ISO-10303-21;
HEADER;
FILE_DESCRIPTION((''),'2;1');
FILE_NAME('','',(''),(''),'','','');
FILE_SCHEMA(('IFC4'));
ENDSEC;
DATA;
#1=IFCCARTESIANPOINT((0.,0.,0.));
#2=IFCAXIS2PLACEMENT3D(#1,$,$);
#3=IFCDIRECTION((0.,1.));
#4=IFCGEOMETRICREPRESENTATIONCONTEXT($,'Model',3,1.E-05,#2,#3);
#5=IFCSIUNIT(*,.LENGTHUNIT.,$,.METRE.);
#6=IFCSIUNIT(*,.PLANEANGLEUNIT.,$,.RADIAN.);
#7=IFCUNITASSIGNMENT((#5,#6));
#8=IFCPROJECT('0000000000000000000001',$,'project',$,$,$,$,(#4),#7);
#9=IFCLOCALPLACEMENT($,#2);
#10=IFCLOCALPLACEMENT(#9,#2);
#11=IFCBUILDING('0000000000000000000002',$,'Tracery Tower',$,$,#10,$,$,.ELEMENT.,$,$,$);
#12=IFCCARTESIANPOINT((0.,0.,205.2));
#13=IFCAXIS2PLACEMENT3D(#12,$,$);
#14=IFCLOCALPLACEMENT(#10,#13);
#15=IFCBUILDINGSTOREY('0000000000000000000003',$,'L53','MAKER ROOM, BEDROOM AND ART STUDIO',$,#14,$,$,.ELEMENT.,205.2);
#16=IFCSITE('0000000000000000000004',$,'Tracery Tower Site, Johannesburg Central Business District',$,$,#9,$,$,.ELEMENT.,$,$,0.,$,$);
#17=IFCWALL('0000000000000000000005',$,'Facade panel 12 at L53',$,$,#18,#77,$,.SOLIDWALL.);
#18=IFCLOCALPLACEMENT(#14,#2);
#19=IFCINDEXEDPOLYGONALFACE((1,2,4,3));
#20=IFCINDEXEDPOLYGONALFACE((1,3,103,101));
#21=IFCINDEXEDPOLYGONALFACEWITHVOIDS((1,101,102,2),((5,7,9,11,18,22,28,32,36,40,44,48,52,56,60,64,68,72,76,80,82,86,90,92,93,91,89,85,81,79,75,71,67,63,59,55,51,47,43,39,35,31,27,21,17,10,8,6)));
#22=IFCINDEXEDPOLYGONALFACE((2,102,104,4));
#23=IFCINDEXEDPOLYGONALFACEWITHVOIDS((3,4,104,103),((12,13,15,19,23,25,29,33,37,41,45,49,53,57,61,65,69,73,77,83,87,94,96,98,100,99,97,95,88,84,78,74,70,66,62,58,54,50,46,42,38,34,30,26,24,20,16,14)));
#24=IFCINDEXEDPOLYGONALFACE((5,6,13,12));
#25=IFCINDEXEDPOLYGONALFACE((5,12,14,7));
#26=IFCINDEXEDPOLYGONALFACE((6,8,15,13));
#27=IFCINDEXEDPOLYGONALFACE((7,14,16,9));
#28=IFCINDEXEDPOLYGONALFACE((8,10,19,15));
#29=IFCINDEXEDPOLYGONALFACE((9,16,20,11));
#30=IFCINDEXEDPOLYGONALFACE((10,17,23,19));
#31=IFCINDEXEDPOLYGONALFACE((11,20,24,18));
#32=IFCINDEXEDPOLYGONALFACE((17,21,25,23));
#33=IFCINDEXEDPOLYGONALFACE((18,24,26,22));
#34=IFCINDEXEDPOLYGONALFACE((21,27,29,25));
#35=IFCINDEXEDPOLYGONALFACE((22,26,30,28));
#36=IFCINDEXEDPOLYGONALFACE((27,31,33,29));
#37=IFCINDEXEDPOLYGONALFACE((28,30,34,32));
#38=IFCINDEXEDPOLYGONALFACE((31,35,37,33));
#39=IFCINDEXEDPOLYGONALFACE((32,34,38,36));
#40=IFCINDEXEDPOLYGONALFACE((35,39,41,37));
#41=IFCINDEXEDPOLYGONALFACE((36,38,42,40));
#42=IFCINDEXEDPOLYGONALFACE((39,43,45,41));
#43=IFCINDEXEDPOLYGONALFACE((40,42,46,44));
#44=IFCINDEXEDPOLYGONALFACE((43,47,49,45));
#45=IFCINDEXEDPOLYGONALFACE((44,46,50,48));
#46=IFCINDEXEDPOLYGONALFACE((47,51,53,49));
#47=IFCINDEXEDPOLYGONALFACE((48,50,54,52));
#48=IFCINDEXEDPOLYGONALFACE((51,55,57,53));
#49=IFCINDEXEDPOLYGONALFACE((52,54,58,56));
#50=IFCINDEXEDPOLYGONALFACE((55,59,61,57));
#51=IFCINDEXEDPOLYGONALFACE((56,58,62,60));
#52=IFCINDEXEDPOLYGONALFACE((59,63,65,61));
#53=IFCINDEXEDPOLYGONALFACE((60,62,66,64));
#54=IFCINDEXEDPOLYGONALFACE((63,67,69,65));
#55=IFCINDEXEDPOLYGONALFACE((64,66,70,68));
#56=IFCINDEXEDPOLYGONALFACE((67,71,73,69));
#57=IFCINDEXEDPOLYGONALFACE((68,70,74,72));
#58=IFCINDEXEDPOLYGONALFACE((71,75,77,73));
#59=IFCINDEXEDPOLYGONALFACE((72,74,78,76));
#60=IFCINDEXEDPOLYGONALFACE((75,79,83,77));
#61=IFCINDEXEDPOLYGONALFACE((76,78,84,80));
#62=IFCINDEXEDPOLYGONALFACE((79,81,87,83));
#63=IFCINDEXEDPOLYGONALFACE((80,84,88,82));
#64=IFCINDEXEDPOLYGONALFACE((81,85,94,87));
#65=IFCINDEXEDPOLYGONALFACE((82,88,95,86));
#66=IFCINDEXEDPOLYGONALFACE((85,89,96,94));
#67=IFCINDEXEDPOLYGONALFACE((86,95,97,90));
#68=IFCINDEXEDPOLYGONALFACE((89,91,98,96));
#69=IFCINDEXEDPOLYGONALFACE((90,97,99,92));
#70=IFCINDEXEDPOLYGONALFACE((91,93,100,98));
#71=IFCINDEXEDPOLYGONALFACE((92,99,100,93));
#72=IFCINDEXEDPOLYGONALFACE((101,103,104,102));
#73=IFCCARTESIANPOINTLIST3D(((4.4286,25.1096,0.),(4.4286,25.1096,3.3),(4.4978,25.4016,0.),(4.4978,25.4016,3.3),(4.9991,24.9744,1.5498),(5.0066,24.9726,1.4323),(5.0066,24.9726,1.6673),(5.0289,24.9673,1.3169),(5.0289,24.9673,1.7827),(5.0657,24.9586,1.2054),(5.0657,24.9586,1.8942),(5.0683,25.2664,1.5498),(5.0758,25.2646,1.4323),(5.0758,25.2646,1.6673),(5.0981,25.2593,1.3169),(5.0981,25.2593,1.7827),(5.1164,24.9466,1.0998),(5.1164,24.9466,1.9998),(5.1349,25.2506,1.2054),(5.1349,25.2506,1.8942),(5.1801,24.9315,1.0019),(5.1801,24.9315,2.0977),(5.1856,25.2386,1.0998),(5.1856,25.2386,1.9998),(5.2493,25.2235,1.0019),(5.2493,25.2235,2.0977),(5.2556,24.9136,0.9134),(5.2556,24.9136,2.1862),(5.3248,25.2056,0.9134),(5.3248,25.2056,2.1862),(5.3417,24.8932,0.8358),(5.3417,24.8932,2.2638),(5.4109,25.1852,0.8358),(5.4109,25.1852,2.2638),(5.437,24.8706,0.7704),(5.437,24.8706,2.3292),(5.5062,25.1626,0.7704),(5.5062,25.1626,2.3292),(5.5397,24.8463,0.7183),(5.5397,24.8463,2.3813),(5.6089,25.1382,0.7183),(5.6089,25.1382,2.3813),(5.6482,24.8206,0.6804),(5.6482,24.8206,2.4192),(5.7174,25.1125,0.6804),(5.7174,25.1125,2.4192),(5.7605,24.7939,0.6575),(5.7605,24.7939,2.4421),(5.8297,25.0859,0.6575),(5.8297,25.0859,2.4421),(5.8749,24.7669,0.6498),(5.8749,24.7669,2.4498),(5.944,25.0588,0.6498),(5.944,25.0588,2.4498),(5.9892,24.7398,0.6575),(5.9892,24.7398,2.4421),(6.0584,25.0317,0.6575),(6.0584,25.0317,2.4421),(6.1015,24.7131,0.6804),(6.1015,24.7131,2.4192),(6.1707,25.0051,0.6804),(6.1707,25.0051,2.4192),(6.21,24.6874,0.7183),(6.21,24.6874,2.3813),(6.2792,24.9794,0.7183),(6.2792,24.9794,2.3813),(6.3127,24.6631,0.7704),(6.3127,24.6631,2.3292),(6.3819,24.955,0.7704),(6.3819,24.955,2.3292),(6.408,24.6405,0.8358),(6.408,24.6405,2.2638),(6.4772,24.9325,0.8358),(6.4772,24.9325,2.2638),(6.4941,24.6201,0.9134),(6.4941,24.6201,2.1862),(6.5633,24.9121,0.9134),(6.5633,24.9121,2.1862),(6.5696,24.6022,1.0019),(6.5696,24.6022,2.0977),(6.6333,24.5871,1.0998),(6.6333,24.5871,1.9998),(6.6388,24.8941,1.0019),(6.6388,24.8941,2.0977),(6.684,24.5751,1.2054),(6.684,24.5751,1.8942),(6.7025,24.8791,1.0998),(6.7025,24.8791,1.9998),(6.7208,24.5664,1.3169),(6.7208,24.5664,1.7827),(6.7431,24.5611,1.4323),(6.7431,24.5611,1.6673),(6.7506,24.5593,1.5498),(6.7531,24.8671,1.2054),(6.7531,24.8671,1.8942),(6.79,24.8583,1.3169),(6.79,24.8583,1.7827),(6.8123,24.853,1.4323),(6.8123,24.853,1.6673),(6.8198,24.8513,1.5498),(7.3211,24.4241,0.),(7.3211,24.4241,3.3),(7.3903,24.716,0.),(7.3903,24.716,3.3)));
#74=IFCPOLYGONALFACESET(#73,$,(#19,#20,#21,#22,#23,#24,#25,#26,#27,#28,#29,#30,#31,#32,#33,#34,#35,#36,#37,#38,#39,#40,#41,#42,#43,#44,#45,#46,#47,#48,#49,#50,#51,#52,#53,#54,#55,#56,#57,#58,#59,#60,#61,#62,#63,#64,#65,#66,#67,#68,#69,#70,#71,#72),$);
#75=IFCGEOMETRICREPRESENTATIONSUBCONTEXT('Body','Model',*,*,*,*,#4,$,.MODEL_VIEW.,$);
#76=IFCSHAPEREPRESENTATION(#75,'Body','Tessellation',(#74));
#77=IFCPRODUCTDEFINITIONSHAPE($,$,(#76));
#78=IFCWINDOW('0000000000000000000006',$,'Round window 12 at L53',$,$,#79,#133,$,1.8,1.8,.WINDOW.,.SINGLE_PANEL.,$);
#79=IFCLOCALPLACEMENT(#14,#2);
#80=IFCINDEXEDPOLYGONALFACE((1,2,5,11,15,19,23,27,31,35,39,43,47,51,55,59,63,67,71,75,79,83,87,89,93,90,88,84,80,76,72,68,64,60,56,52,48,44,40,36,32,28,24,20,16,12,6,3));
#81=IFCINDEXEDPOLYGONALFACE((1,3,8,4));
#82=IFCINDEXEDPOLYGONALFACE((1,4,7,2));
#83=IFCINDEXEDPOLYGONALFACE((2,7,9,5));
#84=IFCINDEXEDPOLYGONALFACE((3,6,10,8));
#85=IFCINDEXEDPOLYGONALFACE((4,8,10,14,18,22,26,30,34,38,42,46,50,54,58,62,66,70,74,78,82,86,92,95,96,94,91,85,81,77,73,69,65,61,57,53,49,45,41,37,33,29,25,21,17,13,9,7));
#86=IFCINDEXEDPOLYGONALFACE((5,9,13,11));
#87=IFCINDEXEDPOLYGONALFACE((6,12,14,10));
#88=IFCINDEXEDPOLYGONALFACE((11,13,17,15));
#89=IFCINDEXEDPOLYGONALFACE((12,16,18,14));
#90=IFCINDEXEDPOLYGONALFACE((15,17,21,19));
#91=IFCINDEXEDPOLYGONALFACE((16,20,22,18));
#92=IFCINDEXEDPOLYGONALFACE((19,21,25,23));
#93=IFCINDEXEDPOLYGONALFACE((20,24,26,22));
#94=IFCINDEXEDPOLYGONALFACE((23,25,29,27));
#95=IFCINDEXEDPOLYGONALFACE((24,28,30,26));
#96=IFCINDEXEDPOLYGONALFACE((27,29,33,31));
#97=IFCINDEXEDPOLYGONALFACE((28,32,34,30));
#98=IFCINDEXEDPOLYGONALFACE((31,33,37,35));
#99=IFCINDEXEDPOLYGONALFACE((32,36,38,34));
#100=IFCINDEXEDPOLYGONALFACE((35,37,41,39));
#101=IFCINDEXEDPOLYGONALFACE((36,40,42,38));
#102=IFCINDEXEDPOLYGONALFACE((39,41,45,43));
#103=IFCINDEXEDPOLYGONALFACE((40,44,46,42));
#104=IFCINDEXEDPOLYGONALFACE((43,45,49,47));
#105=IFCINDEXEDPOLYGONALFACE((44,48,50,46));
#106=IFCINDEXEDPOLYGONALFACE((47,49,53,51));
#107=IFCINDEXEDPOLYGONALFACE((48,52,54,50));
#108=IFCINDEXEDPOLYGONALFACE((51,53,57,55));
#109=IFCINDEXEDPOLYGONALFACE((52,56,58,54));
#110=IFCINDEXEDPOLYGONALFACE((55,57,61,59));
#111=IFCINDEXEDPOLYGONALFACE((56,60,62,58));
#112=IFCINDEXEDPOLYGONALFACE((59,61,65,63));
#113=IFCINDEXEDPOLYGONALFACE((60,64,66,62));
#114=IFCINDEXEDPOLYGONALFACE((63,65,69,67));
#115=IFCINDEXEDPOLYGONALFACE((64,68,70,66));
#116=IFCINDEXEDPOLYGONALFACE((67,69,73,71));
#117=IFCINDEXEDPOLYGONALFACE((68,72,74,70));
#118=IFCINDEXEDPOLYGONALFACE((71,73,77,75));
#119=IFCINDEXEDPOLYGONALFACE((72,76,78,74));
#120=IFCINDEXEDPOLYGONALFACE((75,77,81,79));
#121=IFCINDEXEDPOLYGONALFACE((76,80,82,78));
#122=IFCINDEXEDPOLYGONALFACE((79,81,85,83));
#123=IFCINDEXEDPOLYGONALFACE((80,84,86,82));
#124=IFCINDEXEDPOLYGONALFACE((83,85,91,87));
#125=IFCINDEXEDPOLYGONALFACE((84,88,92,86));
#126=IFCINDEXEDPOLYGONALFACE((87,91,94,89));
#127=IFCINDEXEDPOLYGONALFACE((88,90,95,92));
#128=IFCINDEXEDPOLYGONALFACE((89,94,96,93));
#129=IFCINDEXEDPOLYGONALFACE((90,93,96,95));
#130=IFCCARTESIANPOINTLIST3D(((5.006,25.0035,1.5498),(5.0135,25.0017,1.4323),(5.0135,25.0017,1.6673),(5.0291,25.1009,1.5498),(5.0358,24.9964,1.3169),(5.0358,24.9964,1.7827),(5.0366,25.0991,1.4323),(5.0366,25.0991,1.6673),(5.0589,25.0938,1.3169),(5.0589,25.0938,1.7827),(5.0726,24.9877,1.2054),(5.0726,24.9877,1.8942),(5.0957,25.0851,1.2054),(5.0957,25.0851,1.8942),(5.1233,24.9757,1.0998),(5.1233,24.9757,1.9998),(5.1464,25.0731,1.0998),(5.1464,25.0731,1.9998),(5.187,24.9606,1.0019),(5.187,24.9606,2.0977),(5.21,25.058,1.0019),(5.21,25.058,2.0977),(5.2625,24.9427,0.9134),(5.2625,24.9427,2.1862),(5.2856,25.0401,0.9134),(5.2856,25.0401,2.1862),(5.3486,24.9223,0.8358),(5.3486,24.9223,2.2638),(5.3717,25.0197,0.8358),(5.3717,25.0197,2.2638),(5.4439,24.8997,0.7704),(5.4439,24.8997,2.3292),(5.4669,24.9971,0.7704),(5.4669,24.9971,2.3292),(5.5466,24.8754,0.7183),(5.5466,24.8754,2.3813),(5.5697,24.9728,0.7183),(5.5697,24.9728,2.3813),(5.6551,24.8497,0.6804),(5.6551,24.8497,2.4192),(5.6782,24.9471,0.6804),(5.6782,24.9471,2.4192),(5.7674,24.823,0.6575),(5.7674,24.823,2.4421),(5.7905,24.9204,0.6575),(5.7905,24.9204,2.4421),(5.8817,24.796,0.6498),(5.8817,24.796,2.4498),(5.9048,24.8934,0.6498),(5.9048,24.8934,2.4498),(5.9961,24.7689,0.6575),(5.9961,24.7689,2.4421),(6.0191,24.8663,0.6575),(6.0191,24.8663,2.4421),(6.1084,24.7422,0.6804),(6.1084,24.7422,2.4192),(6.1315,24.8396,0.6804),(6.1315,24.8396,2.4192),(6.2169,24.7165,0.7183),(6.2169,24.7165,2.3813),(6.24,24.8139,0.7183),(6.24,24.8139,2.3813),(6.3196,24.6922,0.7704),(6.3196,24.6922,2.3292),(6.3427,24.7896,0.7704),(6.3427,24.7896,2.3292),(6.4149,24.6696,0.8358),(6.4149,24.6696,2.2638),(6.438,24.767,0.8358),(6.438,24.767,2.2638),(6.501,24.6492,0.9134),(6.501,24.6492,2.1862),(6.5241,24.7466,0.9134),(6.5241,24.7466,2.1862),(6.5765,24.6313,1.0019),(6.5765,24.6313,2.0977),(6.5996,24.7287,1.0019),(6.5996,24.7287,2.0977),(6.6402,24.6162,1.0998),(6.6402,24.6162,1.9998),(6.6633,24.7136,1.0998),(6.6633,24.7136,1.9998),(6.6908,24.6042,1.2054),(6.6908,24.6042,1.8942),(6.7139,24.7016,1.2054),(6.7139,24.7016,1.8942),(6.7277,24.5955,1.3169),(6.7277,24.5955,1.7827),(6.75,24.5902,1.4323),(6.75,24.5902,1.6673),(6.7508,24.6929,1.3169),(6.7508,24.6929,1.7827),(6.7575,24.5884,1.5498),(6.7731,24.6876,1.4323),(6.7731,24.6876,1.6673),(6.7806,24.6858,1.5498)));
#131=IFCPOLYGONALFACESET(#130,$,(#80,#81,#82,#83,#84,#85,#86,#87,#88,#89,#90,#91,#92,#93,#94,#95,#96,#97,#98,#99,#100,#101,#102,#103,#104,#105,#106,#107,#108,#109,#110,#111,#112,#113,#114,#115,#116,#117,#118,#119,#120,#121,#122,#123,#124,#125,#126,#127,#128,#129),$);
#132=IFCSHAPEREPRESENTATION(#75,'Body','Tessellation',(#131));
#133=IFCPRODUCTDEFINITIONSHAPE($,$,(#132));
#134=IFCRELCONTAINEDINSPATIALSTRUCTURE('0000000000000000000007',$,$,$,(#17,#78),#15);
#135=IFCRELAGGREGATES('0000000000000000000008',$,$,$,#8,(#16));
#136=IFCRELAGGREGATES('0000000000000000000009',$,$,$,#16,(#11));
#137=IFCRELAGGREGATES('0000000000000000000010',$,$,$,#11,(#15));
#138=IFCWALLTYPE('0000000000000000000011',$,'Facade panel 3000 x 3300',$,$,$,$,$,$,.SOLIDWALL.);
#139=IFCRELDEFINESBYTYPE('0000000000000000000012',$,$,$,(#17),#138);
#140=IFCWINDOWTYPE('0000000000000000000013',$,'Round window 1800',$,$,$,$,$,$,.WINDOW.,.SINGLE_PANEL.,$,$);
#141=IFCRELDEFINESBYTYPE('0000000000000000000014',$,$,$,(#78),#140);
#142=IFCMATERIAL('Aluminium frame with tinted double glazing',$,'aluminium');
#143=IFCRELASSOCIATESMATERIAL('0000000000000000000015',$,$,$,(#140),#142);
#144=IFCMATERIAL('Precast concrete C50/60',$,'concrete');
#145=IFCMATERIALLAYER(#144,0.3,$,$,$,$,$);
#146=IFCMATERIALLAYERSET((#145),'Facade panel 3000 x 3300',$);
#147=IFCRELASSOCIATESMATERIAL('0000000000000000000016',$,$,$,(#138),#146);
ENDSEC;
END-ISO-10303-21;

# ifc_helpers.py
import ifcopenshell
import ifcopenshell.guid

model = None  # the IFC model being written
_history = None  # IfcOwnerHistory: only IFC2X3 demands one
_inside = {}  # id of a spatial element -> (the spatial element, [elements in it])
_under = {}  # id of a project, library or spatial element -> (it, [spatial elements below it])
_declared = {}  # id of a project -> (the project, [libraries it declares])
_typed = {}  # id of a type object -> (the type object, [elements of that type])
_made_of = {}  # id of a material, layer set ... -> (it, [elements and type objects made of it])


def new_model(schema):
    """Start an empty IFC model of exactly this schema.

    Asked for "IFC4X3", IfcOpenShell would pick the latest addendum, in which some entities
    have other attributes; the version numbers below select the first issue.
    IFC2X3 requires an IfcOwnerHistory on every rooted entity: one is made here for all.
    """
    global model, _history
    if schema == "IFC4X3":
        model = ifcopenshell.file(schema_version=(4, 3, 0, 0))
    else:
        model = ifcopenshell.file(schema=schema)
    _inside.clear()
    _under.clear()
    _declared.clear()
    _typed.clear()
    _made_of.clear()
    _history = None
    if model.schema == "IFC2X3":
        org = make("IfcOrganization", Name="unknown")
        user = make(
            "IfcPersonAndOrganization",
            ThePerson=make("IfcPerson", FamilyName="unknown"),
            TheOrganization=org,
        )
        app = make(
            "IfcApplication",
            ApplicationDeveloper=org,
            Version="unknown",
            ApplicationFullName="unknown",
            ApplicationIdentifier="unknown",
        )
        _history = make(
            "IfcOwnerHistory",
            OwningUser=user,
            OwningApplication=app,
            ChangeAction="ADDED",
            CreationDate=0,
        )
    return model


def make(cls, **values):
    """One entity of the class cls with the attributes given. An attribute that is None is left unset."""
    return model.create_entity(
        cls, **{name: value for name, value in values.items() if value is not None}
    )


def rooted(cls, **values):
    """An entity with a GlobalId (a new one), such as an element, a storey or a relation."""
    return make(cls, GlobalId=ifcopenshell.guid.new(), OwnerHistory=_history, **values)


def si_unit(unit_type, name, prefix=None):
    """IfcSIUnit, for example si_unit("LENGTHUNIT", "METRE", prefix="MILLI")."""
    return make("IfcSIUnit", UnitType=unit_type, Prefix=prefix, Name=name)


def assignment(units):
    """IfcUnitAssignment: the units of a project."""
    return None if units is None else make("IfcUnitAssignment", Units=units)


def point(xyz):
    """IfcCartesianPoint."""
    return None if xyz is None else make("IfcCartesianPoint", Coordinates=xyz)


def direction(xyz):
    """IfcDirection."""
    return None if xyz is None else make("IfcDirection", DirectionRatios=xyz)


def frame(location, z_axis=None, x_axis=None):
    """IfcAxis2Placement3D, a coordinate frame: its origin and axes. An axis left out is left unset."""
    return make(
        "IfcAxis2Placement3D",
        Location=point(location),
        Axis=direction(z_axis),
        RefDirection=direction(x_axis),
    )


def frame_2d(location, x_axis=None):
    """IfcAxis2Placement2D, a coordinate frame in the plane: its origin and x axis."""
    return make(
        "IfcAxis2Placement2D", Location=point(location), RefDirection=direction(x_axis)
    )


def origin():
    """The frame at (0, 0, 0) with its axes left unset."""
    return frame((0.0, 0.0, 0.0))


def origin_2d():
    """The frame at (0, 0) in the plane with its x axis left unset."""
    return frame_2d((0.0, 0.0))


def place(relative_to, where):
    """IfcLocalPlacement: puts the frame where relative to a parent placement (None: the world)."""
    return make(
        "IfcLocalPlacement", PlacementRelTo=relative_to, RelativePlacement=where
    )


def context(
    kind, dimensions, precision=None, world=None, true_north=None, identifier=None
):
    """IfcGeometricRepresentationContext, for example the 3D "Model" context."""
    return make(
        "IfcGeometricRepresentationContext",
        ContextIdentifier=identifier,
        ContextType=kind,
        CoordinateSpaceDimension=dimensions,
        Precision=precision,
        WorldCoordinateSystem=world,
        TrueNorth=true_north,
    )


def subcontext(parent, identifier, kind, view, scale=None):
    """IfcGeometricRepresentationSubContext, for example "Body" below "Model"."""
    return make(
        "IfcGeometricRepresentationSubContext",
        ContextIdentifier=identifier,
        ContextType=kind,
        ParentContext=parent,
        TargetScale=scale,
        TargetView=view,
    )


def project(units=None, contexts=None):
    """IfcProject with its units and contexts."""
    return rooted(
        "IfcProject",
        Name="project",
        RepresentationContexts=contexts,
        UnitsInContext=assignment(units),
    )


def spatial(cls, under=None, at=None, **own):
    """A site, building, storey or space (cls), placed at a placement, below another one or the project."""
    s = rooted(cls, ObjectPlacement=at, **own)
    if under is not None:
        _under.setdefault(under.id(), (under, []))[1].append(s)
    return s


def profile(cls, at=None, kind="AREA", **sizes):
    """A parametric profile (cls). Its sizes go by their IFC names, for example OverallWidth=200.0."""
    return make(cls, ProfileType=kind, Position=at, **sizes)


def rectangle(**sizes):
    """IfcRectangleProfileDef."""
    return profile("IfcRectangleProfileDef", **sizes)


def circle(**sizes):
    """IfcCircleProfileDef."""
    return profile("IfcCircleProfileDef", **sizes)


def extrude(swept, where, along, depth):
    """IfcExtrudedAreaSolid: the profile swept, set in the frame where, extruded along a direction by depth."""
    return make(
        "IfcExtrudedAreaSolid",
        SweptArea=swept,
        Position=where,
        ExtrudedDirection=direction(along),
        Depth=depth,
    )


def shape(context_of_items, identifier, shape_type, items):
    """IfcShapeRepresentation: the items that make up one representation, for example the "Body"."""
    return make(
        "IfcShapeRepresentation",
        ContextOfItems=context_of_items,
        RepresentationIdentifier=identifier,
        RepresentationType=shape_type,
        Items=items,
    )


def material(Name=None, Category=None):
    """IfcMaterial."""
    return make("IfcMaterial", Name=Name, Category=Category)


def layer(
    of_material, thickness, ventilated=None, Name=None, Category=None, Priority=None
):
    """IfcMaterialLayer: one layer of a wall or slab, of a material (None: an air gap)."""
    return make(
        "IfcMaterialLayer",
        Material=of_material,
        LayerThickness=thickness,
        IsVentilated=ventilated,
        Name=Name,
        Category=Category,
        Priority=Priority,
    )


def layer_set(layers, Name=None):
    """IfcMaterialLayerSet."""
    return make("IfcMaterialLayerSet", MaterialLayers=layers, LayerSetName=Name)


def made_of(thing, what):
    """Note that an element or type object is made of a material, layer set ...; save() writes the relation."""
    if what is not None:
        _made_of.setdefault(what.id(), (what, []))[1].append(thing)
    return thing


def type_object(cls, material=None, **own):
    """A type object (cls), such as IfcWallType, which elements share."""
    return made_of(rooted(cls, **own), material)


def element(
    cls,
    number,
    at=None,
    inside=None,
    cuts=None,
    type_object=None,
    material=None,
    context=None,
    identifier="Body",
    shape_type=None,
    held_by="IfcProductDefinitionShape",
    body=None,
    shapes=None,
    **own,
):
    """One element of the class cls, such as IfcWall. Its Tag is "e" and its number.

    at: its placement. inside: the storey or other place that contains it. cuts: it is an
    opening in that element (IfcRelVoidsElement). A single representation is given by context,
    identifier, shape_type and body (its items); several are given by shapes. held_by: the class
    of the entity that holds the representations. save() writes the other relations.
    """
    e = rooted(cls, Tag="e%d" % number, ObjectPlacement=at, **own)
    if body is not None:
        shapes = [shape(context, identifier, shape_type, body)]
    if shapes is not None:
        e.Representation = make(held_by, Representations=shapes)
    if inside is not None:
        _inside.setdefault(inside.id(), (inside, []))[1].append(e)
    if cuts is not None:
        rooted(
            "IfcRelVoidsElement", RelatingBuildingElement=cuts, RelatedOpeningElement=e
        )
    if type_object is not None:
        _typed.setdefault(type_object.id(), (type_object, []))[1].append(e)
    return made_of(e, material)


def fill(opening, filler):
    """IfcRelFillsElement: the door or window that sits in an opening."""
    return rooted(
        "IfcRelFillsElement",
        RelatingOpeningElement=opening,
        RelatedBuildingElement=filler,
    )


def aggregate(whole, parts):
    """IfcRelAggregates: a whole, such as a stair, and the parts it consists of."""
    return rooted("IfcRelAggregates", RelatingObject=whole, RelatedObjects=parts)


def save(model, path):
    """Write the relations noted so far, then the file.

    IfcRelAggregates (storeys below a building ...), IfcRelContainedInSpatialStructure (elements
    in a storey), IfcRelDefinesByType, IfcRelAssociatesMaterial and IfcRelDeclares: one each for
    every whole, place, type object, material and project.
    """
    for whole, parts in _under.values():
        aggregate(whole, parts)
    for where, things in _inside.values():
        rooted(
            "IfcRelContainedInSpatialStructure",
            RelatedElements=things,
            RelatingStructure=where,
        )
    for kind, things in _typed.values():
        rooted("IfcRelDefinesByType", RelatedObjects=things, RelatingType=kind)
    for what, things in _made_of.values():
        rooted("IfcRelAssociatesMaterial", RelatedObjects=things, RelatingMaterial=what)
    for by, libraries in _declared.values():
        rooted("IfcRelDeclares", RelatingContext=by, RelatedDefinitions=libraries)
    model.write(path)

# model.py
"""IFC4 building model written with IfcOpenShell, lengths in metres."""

from ifc_helpers import new_model, si_unit, direction, frame, frame_2d, origin, origin_2d, place, context, subcontext, project, spatial, rectangle, circle, extrude, material, layer, layer_set, type_object, element, fill, save


model = new_model("IFC4")

# Units and contexts
model_context = context("Model", 3, precision=1e-05, world=origin(), true_north=direction((0.0, 1.0)))
body_context = subcontext(model_context, "Body", "Model", "MODEL_VIEW")
ifc_project = project(units=[si_unit("LENGTHUNIT", "METRE"), si_unit("PLANEANGLEUNIT", "RADIAN")], contexts=[model_context])

# Site, building, storey
site_placement = place(None, origin())
site = spatial("IfcSite", under=ifc_project, at=site_placement, Name="Tracery Tower Site, Johannesburg Central Business District", CompositionType="ELEMENT", RefElevation=0.0)
building_placement = place(site_placement, origin())
building = spatial("IfcBuilding", under=site, at=building_placement, Name="Tracery Tower", CompositionType="ELEMENT")
storey_placement = place(building_placement, frame((0.0, 0.0, 205.2)))
storey = spatial("IfcBuildingStorey", under=building, at=storey_placement, Name="L53", Description="MAKER ROOM, BEDROOM AND ART STUDIO", CompositionType="ELEMENT", Elevation=205.2)

# Wall, opening, window
ifc_material_1 = material(Name="Aluminium frame with tinted double glazing", Category="aluminium")
window_type = type_object("IfcWindowType", Name="Round window 1800", PartitioningType="SINGLE_PANEL", PredefinedType="WINDOW", material=ifc_material_1)
ifc_material_2 = material(Name="Precast concrete C50/60", Category="concrete")
ifc_layer_1 = layer(ifc_material_2, 0.3)
ifc_layer_set_1 = layer_set([ifc_layer_1], Name="Facade panel 3000 x 3300")
wall_type_1 = type_object("IfcWallType", Name="Facade panel 3000 x 3300", PredefinedType="SOLIDWALL", material=ifc_layer_set_1)
wall_1_placement = place(storey_placement, frame((7.3557, 24.5701, 0.0), z_axis=(0.0, 0.0, 1.0), x_axis=(-0.973045, 0.230614, 0.0)))
wall_1 = element("IfcWall", 1, at=wall_1_placement, inside=storey, type_object=wall_type_1, Name="Facade panel 12 at L53", PredefinedType="SOLIDWALL", context=body_context, shape_type="SweptSolid", body=[
    extrude(rectangle(XDim=2.9727, YDim=0.3, at=frame_2d((1.4863, 0.0))), origin(), (0.0, 0.0, 1.0), 3.3),
])
opening_1_placement = place(wall_1_placement, frame((1.4863, 0.0, 1.5498)))
opening_1 = element("IfcOpeningElement", 2, at=opening_1_placement, cuts=wall_1, PredefinedType="OPENING", context=body_context, shape_type="SweptSolid", body=[
    extrude(circle(Radius=0.9, at=origin_2d()), frame((0.0, 0.1599, 0.0), z_axis=(0.0, -1.0, 0.0), x_axis=(1.0, 0.0, 0.0)), (0.0, 0.0, 1.0), 0.3201),
])
window_1_placement = place(opening_1_placement, origin())
window_1 = element("IfcWindow", 3, at=window_1_placement, inside=storey, type_object=window_type, Name="Round window 12 at L53", OverallHeight=1.8, OverallWidth=1.8, PartitioningType="SINGLE_PANEL", PredefinedType="WINDOW", context=body_context, shape_type="SweptSolid", body=[
    extrude(circle(Radius=0.9, at=origin_2d()), frame((0.0, 0.1201, 0.0), z_axis=(0.0, -1.0, 0.0), x_axis=(1.0, 0.0, 0.0)), (0.0, 0.0, 1.0), 0.1001),
])
fill(opening_1, window_1)

save(model, "model.ifc")
